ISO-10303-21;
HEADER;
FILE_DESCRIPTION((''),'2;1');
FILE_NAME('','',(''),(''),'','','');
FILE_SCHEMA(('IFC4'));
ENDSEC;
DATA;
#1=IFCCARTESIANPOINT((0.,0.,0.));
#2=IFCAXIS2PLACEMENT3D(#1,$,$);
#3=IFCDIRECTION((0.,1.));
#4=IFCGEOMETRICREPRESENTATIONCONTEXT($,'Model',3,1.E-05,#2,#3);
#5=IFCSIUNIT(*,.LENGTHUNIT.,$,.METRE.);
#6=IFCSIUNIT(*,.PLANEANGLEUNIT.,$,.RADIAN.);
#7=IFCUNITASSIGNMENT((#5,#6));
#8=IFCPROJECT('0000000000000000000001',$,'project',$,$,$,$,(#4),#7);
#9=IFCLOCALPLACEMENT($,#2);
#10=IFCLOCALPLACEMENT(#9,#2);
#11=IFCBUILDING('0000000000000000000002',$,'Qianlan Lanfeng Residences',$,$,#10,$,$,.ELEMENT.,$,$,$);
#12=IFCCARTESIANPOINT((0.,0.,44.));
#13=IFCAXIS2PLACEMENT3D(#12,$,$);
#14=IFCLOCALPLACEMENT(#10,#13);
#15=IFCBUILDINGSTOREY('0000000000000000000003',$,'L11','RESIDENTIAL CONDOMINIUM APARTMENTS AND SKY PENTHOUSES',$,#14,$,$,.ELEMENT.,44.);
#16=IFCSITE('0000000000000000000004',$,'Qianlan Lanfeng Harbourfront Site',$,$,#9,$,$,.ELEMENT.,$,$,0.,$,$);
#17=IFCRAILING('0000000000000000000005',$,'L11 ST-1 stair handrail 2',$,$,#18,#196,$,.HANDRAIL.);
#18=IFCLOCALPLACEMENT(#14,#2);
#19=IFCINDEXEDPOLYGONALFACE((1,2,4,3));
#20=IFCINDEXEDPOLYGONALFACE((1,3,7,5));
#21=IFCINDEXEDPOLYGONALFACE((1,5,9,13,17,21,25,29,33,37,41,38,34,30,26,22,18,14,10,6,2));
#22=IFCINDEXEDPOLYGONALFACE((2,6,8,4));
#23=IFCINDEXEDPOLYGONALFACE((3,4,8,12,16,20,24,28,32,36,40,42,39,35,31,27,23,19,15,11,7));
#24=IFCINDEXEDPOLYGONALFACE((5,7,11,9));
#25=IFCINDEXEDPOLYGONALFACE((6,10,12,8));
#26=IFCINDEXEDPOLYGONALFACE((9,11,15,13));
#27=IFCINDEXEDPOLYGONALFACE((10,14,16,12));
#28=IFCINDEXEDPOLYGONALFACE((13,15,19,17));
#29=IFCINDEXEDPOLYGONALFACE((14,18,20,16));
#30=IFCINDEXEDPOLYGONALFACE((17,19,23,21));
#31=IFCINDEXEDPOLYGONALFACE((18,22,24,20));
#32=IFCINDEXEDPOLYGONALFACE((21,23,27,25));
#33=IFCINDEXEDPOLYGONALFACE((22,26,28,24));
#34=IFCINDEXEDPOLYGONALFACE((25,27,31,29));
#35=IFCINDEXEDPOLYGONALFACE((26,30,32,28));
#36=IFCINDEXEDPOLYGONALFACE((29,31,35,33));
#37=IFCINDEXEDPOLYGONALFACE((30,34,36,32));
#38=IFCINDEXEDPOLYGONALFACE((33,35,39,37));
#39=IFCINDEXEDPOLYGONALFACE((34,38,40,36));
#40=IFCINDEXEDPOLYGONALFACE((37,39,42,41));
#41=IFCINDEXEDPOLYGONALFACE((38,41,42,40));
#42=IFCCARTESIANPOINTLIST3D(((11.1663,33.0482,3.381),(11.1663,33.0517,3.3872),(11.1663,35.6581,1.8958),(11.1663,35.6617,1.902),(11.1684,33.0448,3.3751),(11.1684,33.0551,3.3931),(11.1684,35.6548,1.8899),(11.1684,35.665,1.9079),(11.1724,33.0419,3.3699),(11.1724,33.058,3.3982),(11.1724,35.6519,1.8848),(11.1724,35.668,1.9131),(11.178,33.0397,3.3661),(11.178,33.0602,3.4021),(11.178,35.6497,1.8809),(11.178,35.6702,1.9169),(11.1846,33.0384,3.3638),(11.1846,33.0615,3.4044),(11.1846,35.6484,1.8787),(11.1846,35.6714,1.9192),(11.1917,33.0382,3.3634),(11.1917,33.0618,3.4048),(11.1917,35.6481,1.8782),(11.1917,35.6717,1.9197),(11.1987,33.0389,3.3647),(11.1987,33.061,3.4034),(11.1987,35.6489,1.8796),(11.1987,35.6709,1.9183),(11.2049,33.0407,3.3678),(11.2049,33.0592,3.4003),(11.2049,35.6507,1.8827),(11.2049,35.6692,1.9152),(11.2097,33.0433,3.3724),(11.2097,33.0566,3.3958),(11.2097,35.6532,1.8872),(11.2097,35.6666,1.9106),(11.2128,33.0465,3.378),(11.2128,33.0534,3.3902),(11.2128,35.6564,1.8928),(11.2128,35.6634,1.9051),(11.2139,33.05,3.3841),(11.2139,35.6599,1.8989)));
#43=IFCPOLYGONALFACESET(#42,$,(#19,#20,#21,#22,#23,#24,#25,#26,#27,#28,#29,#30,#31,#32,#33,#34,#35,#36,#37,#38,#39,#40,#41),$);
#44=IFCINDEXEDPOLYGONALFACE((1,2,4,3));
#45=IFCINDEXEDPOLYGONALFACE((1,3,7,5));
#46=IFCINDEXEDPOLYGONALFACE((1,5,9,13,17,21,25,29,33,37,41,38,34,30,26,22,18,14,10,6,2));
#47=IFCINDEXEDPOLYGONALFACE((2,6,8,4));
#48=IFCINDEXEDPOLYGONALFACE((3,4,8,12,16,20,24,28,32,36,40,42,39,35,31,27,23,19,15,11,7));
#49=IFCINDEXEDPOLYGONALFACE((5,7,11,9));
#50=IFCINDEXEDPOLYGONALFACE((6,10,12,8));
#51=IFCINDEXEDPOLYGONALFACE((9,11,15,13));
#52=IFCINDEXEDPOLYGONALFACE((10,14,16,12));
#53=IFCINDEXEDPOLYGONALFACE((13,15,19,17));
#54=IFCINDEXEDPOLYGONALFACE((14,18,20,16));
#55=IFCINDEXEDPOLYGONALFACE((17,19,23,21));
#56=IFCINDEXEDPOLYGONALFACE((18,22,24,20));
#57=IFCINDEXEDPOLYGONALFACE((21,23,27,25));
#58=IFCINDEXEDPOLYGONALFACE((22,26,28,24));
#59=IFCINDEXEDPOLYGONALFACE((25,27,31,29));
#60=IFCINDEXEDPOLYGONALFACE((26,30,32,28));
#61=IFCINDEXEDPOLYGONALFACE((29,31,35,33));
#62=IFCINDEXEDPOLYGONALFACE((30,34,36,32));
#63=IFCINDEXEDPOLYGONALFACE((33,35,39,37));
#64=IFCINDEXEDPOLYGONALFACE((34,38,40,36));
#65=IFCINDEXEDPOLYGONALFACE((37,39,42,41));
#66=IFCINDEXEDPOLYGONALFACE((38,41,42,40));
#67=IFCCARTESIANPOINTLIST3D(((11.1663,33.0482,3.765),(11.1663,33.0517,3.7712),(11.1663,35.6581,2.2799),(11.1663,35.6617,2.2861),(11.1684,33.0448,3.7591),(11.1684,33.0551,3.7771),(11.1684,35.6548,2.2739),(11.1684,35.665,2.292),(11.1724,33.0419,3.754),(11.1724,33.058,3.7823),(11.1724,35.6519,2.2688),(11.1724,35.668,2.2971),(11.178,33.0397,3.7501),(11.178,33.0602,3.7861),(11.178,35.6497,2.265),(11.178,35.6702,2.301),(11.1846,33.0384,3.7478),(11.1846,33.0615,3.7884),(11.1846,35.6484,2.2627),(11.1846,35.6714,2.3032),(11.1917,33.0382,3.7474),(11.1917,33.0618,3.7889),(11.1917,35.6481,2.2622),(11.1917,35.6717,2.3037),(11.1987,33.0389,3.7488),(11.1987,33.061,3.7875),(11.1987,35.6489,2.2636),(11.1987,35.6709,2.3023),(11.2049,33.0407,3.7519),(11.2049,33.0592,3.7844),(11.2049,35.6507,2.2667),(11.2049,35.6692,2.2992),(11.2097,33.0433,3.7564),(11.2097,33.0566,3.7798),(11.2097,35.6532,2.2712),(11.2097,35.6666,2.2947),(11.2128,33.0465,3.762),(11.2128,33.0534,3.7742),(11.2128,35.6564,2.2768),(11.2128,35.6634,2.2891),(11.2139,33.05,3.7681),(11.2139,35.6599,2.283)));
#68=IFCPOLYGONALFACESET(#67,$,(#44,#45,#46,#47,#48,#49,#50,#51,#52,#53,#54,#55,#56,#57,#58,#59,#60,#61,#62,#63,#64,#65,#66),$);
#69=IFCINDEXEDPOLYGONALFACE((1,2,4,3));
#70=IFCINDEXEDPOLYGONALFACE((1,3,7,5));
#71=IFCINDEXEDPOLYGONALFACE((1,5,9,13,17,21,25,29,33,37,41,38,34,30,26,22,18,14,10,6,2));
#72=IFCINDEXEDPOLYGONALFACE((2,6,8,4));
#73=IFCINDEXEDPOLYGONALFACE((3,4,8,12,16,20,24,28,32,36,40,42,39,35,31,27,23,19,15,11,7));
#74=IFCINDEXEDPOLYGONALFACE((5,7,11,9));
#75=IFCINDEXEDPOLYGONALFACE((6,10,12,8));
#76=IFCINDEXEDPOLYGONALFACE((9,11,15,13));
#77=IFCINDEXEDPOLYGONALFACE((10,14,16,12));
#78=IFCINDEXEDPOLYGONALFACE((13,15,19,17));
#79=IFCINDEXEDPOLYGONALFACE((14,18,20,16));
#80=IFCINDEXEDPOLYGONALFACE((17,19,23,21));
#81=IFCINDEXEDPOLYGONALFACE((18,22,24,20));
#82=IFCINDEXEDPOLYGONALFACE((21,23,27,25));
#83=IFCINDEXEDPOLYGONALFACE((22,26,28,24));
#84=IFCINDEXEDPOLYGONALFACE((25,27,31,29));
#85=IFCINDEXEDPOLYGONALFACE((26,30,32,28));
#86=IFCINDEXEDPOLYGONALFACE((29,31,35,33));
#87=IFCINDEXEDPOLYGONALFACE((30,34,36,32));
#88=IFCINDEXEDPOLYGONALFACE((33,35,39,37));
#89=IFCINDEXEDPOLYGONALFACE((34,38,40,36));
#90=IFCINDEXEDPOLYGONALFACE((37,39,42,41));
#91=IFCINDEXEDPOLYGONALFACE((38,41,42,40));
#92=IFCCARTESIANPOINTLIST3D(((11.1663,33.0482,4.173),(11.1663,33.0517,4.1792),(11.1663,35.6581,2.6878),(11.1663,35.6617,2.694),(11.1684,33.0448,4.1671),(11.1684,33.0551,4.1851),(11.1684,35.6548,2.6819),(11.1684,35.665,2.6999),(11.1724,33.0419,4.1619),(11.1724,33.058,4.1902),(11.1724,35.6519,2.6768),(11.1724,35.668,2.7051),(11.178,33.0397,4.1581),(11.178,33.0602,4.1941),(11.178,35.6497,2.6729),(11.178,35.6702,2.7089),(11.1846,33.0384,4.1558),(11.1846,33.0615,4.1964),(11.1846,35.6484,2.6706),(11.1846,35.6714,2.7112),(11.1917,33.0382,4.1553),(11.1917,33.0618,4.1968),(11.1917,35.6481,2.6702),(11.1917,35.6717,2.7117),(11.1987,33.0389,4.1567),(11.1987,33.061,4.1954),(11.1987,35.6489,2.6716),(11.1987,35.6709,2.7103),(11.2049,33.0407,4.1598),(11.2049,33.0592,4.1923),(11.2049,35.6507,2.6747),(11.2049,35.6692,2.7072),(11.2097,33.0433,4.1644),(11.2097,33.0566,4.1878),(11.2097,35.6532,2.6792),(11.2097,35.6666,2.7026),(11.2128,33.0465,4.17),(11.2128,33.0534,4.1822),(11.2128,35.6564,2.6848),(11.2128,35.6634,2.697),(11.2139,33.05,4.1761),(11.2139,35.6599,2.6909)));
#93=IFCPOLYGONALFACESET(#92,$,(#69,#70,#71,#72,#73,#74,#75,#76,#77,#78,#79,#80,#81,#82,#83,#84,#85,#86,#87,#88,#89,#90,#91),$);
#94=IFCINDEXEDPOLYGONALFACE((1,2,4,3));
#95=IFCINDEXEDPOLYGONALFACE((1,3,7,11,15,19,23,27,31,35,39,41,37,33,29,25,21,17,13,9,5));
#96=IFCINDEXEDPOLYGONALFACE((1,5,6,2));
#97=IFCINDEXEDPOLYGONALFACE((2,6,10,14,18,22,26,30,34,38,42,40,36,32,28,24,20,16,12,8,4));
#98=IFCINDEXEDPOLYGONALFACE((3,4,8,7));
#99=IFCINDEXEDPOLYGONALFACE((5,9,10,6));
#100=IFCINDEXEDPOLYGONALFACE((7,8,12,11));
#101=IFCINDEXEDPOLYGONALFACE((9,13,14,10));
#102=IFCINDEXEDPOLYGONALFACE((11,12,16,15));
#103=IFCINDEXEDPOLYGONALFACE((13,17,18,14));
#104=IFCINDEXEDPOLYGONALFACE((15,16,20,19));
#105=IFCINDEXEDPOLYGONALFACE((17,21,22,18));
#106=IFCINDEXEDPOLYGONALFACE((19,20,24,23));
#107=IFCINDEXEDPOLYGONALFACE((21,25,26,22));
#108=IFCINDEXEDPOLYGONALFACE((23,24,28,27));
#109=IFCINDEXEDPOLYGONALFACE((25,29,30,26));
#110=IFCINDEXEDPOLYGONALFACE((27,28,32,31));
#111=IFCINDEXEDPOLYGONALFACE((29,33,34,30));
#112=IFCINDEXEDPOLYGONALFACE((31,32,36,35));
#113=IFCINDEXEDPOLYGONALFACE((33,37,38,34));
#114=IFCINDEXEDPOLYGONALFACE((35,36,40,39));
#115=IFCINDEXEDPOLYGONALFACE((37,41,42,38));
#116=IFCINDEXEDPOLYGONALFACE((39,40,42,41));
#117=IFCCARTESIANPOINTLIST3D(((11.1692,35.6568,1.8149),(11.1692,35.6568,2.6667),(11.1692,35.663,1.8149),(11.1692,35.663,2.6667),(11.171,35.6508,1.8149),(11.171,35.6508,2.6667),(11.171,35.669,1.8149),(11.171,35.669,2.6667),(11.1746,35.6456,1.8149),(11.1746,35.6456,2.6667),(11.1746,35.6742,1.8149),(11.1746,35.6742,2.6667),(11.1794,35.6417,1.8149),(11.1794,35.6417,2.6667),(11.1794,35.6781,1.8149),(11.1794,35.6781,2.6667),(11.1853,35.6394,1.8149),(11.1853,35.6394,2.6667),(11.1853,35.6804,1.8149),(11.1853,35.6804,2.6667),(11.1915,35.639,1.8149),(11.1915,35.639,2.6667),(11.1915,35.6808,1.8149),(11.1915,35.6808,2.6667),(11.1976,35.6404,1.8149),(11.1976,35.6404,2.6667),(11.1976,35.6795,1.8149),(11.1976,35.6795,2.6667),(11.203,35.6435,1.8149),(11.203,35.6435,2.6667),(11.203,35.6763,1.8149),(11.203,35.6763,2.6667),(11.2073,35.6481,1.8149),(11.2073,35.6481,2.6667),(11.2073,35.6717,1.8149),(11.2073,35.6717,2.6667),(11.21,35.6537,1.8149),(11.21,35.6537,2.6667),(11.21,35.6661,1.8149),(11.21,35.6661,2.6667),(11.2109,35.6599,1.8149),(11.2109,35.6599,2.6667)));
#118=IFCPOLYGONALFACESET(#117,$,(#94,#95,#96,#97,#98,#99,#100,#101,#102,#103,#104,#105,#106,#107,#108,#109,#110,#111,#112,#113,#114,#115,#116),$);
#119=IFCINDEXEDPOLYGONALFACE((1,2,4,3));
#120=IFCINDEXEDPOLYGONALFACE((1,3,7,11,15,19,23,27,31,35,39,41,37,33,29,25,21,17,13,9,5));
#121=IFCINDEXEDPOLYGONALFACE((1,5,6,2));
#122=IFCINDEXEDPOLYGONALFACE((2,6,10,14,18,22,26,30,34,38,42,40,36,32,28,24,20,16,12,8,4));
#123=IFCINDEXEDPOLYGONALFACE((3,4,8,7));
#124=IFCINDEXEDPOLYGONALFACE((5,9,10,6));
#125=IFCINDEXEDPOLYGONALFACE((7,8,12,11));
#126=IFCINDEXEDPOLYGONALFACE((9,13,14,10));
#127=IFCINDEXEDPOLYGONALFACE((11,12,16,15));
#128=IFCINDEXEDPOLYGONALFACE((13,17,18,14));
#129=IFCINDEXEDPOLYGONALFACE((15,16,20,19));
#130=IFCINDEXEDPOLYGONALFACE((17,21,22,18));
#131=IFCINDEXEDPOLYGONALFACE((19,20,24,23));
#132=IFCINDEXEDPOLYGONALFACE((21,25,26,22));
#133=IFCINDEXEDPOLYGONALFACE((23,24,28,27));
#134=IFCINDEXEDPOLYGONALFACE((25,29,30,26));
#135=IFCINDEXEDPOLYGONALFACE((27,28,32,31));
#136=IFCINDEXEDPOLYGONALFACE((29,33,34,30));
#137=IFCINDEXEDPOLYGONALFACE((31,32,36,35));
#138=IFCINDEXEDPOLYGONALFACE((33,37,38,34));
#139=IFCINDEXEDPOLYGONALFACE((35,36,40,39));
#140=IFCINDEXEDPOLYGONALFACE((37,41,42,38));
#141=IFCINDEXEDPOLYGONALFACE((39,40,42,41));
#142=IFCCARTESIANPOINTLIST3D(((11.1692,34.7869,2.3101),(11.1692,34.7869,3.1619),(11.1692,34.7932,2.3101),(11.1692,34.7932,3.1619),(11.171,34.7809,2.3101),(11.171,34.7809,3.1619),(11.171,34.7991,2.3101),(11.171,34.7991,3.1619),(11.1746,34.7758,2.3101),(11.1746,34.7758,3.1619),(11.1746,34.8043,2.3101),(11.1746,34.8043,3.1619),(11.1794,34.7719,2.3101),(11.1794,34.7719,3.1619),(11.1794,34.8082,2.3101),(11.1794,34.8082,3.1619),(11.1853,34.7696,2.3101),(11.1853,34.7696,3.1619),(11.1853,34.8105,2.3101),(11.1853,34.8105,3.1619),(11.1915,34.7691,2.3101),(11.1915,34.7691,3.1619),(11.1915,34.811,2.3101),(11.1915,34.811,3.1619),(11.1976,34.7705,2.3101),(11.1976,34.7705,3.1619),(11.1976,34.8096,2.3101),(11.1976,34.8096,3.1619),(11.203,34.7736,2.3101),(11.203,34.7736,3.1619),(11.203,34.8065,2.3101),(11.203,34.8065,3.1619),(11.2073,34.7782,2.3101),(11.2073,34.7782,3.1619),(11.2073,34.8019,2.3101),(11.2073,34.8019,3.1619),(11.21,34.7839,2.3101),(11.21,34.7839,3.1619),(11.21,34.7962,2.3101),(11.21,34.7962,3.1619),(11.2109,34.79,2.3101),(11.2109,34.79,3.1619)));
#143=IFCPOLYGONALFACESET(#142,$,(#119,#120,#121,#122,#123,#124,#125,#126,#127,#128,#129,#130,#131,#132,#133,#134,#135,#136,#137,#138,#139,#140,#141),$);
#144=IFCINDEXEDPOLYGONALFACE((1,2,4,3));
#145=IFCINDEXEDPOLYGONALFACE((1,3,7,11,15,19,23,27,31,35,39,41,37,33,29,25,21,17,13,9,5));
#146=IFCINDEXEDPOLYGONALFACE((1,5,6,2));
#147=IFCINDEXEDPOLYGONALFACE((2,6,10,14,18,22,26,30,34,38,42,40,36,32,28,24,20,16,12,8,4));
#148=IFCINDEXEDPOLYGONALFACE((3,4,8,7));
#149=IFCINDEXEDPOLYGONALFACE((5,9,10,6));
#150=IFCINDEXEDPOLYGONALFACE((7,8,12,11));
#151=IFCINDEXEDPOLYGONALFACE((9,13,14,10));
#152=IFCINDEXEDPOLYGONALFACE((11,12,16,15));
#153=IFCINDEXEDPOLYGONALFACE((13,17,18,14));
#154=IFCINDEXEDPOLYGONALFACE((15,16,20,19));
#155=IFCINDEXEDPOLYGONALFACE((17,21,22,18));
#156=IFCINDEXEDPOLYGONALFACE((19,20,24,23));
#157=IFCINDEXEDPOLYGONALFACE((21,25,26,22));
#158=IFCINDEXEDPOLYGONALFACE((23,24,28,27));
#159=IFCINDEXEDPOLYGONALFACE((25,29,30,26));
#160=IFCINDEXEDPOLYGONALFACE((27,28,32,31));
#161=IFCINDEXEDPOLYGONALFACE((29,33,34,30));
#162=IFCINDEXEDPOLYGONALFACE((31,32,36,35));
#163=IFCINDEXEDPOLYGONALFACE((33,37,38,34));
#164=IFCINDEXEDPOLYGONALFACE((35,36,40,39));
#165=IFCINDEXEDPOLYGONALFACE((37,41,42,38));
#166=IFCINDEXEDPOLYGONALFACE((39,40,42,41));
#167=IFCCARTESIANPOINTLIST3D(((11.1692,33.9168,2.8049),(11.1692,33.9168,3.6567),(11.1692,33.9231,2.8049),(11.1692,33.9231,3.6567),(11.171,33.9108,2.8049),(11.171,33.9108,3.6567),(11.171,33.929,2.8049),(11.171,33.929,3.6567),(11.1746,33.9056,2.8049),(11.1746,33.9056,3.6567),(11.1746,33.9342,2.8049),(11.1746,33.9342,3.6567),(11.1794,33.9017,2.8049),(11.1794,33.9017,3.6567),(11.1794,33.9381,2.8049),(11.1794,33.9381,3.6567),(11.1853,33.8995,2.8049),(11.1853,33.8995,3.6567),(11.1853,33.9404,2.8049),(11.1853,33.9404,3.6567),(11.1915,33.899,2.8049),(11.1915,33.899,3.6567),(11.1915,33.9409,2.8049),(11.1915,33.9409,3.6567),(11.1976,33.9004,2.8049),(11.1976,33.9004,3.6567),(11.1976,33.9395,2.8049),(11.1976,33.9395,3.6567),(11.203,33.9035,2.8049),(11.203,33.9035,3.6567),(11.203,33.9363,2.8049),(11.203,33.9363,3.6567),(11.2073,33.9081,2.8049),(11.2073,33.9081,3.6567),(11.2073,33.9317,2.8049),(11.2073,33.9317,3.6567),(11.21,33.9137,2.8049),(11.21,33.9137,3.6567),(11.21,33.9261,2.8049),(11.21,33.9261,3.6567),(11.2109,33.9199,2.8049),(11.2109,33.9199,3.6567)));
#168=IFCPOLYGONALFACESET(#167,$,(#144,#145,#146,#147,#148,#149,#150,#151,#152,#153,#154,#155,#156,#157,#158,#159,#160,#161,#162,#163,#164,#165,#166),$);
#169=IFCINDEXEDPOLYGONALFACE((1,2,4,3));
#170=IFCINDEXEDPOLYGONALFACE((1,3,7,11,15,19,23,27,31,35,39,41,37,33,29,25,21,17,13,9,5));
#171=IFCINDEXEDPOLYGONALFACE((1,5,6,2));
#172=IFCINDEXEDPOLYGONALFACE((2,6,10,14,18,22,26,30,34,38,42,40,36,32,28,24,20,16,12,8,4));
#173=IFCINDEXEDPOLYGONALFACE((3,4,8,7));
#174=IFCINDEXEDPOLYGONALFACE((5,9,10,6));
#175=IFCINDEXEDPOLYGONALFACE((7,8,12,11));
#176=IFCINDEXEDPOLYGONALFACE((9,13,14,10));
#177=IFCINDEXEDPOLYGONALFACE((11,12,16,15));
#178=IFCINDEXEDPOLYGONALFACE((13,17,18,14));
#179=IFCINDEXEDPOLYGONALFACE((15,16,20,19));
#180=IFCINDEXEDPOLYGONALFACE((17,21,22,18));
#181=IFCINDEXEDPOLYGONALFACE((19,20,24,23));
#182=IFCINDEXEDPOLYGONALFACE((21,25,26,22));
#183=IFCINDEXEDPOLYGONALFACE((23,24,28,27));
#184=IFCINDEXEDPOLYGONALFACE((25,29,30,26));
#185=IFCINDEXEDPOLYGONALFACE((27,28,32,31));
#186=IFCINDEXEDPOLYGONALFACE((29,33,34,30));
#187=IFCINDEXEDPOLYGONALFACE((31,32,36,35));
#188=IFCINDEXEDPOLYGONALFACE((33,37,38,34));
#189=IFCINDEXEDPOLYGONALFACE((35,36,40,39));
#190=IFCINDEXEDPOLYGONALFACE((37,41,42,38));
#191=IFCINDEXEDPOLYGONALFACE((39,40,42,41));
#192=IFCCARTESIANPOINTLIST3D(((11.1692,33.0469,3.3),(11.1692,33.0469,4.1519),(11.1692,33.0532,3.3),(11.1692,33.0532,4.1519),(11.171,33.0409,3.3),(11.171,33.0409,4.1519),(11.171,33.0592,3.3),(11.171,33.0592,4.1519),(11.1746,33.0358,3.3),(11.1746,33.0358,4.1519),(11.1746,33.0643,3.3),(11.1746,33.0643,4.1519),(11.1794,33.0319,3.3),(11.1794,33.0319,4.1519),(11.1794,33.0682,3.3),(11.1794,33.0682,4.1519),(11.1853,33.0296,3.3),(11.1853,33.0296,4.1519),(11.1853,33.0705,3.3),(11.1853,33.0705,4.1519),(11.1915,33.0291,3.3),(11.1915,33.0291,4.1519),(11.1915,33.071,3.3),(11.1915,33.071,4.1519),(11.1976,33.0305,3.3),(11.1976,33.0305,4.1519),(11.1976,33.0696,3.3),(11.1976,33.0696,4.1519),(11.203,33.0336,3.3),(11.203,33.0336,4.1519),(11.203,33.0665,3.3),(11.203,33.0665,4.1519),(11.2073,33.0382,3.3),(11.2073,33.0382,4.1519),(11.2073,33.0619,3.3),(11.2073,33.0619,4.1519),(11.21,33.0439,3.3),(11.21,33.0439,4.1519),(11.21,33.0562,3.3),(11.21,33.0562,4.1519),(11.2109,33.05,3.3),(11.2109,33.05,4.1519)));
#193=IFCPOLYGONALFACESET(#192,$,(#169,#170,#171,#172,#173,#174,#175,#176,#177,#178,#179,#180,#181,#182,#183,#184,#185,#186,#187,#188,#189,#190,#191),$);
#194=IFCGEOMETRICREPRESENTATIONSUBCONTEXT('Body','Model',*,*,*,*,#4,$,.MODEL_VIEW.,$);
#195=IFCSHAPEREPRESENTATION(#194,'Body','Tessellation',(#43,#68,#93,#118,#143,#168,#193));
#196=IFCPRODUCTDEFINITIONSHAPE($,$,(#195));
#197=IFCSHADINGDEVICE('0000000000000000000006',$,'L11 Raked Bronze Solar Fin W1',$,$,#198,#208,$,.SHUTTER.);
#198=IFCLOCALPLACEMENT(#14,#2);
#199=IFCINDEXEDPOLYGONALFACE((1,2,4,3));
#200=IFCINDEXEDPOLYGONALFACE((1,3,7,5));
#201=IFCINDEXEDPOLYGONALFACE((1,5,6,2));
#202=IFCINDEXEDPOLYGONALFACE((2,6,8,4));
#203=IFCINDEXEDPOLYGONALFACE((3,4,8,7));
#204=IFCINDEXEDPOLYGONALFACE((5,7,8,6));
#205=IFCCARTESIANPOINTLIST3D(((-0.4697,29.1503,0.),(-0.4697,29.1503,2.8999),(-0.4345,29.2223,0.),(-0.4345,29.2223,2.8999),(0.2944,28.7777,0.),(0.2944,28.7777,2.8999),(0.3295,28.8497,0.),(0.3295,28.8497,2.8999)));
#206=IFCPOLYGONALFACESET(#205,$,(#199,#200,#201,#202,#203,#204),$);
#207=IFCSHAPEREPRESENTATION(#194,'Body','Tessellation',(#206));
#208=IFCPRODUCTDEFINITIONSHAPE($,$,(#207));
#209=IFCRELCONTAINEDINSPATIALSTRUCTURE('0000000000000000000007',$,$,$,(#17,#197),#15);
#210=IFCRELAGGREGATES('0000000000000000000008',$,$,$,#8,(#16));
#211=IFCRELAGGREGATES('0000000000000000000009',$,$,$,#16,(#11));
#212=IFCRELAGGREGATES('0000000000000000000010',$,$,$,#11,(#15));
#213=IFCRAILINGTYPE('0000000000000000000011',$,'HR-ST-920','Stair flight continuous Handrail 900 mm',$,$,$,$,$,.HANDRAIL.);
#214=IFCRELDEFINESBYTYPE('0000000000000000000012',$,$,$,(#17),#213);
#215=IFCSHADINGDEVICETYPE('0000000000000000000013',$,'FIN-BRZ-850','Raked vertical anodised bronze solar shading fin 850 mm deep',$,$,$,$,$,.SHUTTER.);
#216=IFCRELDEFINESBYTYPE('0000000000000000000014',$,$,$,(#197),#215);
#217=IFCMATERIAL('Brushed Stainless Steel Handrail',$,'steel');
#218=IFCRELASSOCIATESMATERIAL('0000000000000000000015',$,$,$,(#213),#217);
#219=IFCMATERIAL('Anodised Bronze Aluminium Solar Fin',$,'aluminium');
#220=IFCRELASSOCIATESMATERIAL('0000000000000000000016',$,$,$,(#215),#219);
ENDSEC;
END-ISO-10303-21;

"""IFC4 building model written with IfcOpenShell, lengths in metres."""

from ifc_helpers import new_model, si_unit, direction, frame, origin, origin_2d, place, context, subcontext, project, spatial, rectangle, circle, extrude, source, transform, mapped, material, type_object, element, save


model = new_model("IFC4")

# Units and contexts
model_context = context("Model", 3, precision=1e-05, world=origin(), true_north=direction((0.0, 1.0)))
body_context = subcontext(model_context, "Body", "Model", "MODEL_VIEW")
ifc_project = project(units=[si_unit("LENGTHUNIT", "METRE"), si_unit("PLANEANGLEUNIT", "RADIAN")], contexts=[model_context])

# Site, building, storey
site_placement = place(None, origin())
site = spatial("IfcSite", under=ifc_project, at=site_placement, Name="Qianlan Lanfeng Harbourfront Site", CompositionType="ELEMENT", RefElevation=0.0)
building_placement = place(site_placement, origin())
building = spatial("IfcBuilding", under=site, at=building_placement, Name="Qianlan Lanfeng Residences", CompositionType="ELEMENT")
storey_placement = place(building_placement, frame((0.0, 0.0, 44.0)))
storey = spatial("IfcBuildingStorey", under=building, at=storey_placement, Name="L11", Description="RESIDENTIAL CONDOMINIUM APARTMENTS AND SKY PENTHOUSES", CompositionType="ELEMENT", Elevation=44.0)

# Railing
ifc_material_1 = material(Name="Brushed Stainless Steel Handrail", Category="steel")
railing_type = type_object("IfcRailingType", Name="HR-ST-920", Description="Stair flight continuous Handrail 900 mm", PredefinedType="HANDRAIL", material=ifc_material_1)
railing_placement = place(storey_placement, frame((11.1899, 35.6599, 1.8149)))
element("IfcRailing", 1, at=railing_placement, inside=storey, type_object=railing_type, Name="L11 ST-1 stair handrail 2", PredefinedType="HANDRAIL", context=body_context, shape_type="SweptSolid", body=[
    extrude(circle(Radius=0.0239, at=origin_2d()), frame((0.0, 0.0, 0.084), z_axis=(0.0, -0.869137, 0.494571), x_axis=(1.0, 0.0, 0.0)), (0.0, 0.0, 1.0), 3.0029),
    extrude(circle(Radius=0.0239, at=origin_2d()), frame((0.0, 0.0, 0.468), z_axis=(0.0, -0.869137, 0.494571), x_axis=(1.0, 0.0, 0.0)), (0.0, 0.0, 1.0), 3.0029),
    extrude(circle(Radius=0.0239, at=origin_2d()), frame((0.0, 0.0, 0.876), z_axis=(0.0, -0.869137, 0.494571), x_axis=(1.0, 0.0, 0.0)), (0.0, 0.0, 1.0), 3.0029),
    extrude(circle(Radius=0.021, at=origin_2d()), origin(), (0.0, 0.0, 1.0), 0.8518),
    extrude(circle(Radius=0.021, at=origin_2d()), frame((0.0, -0.8699, 0.4951)), (0.0, 0.0, 1.0), 0.8518),
    extrude(circle(Radius=0.021, at=origin_2d()), frame((0.0, -1.74, 0.99)), (0.0, 0.0, 1.0), 0.8518),
    extrude(circle(Radius=0.021, at=origin_2d()), frame((0.0, -2.6099, 1.4851)), (0.0, 0.0, 1.0), 0.8518),
])

# Shading device
ifc_material_2 = material(Name="Anodised Bronze Aluminium Solar Fin", Category="aluminium")
shading_device_type = type_object("IfcShadingDeviceType", Name="FIN-BRZ-850", Description="Raked vertical anodised bronze solar shading fin 850 mm deep", PredefinedType="SHUTTER", material=ifc_material_2)
shared_shape_1 = source(origin(), body_context, "Body", "SweptSolid", [
    extrude(rectangle(XDim=0.8501, YDim=0.0801, at=origin_2d()), origin(), (0.0, 0.0, 1.0), 2.8999),
])
for number, where, z_axis, x_axis, name in (
    (2, (-0.0701, 29.0, 0.0), (0.0, 0.0, 1.0), (0.898794, -0.438371, 0.0), "L11 Raked Bronze Solar Fin W1"),
):
    element("IfcShadingDevice", number, at=place(storey_placement, frame(where, z_axis=z_axis, x_axis=x_axis)), inside=storey, type_object=shading_device_type, Name=name, PredefinedType="SHUTTER", context=body_context, shape_type="MappedRepresentation", body=[
        mapped(shared_shape_1, transform((0.0, 0.0, 0.0), scale=1.0)),
    ])

save(model, "model.ifc")
